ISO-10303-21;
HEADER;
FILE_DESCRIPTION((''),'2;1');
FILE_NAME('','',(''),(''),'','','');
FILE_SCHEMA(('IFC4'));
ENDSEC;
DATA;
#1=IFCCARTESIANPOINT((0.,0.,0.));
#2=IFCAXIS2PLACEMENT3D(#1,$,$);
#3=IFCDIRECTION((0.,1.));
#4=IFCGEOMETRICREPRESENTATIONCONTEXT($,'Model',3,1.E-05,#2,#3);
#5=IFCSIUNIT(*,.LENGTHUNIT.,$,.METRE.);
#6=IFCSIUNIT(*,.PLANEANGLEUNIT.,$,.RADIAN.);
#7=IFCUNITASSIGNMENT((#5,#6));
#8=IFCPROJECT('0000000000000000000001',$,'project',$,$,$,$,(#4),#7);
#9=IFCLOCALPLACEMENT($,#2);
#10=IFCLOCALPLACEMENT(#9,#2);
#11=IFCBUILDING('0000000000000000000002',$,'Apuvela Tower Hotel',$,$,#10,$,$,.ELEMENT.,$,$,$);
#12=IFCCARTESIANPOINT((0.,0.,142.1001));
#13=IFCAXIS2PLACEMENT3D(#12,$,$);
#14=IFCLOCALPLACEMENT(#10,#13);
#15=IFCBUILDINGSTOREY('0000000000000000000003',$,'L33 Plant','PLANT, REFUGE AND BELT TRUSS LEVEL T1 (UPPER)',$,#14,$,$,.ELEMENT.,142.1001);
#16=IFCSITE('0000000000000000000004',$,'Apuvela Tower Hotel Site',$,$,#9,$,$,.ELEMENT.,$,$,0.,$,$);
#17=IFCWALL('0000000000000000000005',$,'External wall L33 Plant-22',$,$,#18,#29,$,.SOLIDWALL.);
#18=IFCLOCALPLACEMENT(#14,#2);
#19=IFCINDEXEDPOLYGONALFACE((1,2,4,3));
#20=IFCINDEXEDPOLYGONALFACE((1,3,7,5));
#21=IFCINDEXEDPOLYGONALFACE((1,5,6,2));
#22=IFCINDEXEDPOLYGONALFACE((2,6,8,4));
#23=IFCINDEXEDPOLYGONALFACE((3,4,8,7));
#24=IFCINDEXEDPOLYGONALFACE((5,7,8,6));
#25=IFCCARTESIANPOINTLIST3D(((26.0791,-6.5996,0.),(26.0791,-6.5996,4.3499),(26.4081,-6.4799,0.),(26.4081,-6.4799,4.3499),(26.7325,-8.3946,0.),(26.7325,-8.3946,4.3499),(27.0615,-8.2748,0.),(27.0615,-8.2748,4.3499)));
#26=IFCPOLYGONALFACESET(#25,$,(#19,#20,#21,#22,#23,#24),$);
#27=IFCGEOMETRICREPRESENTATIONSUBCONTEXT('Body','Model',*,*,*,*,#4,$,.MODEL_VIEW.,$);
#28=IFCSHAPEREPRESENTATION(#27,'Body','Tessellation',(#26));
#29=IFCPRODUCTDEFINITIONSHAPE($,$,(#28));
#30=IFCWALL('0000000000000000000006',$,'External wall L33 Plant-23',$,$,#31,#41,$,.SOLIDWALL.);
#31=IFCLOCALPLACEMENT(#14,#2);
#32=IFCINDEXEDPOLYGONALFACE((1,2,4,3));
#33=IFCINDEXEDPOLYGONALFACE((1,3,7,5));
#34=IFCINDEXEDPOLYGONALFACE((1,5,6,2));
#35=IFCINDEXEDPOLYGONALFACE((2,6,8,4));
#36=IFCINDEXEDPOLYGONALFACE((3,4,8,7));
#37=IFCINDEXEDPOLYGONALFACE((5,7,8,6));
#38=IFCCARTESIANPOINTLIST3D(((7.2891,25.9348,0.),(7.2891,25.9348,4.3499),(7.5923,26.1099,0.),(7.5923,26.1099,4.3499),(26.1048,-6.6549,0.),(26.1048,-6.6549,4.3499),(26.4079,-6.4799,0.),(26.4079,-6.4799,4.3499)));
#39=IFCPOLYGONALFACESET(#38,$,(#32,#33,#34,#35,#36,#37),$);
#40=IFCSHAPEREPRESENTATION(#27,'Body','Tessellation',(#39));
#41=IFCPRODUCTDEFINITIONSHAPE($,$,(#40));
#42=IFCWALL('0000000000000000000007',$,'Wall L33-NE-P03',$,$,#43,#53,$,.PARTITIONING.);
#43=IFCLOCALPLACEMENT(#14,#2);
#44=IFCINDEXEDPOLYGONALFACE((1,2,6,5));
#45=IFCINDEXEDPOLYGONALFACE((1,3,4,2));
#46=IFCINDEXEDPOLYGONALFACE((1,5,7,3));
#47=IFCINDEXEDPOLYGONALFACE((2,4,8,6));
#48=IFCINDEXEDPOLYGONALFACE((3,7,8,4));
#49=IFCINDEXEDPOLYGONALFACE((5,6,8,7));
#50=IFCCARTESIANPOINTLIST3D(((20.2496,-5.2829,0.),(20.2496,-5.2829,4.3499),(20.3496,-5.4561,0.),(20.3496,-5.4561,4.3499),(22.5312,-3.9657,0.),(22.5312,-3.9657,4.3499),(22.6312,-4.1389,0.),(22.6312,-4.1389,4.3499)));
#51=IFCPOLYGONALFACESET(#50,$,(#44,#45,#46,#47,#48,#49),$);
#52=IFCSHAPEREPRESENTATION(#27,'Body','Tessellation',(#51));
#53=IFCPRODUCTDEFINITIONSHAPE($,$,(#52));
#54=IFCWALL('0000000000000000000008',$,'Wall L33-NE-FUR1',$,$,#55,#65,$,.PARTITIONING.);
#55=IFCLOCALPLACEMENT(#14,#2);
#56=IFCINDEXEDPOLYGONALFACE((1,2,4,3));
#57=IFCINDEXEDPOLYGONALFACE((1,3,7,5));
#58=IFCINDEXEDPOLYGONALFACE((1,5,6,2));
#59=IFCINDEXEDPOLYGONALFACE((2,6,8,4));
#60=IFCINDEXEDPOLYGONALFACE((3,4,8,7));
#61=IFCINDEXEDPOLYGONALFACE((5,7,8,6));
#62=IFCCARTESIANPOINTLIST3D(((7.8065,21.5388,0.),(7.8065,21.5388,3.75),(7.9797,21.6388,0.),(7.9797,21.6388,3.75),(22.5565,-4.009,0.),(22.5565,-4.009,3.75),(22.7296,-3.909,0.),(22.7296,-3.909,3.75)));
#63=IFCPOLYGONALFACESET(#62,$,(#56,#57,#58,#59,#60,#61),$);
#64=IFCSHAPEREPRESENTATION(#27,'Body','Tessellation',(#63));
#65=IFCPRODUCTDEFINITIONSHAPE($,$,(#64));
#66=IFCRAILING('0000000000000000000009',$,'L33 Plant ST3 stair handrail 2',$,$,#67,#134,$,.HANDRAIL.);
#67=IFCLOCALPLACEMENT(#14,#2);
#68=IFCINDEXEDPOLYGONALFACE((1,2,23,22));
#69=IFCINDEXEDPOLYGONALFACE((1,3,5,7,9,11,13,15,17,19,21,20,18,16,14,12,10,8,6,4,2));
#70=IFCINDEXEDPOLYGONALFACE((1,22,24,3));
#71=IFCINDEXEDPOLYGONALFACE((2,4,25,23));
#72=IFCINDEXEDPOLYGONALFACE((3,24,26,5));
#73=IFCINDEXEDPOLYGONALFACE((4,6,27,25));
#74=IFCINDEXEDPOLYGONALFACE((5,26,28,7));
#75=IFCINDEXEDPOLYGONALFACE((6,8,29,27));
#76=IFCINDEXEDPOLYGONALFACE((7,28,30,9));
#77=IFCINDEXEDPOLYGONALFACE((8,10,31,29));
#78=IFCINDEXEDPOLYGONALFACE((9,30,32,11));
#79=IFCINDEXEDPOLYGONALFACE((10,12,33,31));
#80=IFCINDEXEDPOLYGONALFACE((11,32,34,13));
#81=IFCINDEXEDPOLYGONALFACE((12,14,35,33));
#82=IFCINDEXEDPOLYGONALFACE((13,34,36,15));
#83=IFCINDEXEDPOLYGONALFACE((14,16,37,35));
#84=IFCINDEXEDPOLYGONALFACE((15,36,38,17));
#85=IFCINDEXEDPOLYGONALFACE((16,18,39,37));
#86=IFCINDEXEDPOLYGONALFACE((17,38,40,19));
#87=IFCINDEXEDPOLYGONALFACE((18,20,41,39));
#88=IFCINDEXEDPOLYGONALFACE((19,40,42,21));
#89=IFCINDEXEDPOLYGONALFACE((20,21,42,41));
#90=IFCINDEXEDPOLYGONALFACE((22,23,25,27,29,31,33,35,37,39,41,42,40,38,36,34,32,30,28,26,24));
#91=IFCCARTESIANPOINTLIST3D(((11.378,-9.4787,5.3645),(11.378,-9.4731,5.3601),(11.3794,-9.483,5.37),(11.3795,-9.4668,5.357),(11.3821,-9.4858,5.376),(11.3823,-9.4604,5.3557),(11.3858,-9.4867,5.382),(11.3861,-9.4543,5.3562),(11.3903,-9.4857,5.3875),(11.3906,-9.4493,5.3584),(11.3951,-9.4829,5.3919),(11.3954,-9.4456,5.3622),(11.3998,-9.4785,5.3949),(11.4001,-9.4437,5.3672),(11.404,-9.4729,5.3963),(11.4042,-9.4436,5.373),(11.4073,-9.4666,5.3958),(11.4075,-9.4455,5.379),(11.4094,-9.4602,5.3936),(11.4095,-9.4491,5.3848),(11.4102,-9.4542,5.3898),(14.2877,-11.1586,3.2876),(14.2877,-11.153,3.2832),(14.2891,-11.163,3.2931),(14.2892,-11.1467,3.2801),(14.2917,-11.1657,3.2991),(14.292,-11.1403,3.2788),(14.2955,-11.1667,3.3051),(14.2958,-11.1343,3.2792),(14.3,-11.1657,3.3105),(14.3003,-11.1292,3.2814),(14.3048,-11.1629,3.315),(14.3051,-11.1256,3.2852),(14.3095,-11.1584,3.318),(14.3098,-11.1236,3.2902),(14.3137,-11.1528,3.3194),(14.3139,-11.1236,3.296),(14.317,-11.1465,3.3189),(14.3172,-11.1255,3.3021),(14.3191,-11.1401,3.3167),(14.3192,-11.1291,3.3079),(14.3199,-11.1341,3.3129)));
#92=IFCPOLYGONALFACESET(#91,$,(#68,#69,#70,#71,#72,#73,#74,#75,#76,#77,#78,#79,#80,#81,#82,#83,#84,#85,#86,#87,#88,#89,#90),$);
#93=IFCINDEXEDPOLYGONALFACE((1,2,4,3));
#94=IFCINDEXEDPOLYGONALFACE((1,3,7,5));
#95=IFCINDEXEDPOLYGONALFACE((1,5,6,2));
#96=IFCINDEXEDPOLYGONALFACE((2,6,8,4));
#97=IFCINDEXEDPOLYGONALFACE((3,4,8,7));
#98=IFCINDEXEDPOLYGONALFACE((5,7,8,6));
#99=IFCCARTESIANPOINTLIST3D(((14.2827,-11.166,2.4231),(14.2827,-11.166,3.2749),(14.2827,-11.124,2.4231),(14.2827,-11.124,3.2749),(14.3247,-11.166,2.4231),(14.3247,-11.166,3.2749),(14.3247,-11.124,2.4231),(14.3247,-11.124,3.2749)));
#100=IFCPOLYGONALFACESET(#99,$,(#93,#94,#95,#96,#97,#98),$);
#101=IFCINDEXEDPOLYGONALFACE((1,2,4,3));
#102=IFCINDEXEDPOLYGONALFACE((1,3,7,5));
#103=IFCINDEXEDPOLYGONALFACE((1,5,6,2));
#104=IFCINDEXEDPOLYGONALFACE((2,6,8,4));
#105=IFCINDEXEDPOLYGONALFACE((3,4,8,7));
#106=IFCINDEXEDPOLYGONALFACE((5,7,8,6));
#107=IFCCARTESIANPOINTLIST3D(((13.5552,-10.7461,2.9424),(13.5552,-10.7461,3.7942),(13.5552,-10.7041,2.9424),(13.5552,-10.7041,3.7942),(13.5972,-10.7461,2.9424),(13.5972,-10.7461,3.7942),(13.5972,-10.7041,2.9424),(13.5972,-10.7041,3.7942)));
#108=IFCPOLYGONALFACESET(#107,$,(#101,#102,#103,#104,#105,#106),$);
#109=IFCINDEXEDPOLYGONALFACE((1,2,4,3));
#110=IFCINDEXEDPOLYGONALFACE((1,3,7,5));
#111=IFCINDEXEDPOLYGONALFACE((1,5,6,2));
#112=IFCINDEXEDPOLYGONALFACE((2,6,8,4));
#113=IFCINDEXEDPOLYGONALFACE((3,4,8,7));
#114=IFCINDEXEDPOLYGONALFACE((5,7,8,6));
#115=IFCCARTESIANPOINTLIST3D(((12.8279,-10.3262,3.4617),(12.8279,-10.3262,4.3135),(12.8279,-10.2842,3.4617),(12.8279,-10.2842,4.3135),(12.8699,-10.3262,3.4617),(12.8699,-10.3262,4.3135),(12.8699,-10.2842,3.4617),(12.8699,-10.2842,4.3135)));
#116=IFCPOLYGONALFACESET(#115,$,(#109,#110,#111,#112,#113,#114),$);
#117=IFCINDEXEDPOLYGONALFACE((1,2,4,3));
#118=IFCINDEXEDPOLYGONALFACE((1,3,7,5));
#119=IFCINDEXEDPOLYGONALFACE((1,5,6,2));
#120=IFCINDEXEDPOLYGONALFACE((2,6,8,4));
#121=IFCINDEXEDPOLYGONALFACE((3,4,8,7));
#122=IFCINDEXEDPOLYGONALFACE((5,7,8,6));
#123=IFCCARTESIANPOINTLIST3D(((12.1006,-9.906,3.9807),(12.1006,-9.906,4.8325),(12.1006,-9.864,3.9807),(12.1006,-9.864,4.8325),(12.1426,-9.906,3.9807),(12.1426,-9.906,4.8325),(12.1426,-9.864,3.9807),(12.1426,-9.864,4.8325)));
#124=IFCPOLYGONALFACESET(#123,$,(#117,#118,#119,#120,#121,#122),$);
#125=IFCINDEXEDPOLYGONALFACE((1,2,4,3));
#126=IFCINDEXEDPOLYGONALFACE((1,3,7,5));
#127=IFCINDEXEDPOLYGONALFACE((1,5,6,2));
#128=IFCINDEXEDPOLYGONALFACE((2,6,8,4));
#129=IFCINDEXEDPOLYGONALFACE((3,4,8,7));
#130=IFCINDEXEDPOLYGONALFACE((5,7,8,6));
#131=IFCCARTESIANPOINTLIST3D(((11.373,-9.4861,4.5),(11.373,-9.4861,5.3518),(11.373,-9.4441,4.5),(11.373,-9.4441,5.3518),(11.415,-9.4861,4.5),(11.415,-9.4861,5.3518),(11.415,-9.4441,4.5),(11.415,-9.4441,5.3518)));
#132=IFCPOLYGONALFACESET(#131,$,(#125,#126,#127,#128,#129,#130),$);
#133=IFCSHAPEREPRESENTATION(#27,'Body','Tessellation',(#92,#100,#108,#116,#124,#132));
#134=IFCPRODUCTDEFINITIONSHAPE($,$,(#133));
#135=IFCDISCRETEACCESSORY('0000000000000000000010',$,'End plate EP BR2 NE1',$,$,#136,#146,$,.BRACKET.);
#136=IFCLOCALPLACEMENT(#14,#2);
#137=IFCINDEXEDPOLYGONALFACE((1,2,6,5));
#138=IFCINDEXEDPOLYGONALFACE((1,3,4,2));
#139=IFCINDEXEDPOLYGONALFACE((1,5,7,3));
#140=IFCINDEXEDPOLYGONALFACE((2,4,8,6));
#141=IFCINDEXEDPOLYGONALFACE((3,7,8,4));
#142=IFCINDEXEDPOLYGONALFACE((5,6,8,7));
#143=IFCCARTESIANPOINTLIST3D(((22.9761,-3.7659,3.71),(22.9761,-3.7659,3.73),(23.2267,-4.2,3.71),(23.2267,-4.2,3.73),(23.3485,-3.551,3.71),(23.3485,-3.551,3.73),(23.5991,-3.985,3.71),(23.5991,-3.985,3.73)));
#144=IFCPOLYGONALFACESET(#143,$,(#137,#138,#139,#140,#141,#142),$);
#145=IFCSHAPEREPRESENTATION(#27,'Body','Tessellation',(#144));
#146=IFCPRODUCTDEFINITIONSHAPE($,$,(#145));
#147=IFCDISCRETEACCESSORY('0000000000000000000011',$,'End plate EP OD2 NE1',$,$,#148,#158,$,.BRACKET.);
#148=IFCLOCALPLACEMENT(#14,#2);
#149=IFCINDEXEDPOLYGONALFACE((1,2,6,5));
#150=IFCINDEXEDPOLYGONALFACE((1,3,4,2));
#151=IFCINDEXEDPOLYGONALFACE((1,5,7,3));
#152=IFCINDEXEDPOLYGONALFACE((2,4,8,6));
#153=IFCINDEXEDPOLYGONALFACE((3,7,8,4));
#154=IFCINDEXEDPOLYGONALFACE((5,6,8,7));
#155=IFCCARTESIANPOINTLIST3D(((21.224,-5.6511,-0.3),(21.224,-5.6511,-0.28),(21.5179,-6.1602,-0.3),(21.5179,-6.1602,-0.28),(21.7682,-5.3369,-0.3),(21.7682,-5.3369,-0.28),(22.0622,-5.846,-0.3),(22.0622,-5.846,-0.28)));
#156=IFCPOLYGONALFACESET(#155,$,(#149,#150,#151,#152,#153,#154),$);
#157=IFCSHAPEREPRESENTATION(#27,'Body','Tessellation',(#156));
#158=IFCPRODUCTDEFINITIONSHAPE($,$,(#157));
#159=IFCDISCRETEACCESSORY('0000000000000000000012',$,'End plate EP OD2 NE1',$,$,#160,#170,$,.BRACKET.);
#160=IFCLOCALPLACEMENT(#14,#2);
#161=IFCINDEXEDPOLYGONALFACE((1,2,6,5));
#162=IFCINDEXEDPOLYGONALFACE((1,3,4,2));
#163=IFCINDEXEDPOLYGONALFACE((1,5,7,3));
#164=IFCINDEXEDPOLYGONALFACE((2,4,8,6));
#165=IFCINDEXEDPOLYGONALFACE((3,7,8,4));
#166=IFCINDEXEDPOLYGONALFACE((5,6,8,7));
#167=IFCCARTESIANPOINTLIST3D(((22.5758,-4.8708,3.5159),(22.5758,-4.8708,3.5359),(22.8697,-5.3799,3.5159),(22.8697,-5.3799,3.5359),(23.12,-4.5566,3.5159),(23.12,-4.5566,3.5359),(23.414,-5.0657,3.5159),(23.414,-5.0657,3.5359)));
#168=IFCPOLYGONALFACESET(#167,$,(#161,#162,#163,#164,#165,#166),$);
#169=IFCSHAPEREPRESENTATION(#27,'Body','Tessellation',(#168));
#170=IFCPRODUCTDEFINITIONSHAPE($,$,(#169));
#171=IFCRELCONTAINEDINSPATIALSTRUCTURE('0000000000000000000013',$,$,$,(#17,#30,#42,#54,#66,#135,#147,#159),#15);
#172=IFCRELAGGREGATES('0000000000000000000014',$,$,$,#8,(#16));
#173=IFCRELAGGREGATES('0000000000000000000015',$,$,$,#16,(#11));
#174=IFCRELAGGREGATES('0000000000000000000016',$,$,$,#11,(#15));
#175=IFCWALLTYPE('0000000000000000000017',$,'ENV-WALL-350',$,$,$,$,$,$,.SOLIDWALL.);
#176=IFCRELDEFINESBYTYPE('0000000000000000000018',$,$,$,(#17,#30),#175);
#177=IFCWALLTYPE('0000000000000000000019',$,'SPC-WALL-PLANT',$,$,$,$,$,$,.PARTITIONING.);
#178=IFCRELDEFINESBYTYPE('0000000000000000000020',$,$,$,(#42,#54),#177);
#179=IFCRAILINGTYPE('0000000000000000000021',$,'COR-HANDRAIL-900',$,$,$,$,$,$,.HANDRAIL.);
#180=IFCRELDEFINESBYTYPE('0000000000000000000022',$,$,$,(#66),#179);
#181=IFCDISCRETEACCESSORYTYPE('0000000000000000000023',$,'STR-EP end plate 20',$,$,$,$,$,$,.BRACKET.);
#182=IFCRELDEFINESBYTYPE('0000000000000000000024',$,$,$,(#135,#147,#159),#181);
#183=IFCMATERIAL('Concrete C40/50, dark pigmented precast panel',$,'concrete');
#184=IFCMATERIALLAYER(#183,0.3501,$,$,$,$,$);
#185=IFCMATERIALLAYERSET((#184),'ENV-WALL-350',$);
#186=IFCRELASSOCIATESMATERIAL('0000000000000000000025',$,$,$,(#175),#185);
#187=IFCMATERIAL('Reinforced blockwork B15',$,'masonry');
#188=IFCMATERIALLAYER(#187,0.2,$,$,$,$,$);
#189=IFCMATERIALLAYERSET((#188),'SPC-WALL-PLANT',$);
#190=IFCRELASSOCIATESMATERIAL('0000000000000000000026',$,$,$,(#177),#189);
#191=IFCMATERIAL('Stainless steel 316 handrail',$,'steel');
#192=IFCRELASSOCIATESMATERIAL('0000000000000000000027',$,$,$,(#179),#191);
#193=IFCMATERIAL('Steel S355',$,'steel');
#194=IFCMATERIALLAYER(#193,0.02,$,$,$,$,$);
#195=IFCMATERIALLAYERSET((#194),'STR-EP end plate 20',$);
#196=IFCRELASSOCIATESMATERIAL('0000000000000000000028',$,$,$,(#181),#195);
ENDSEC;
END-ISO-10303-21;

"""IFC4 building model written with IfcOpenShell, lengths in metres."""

from ifc_helpers import new_model, si_unit, direction, frame, frame_2d, origin, origin_2d, place, context, subcontext, project, spatial, rectangle, circle, extrude, material, layer, layer_set, type_object, element, save


model = new_model("IFC4")

# Units and contexts
model_context = context("Model", 3, precision=1e-05, world=origin(), true_north=direction((0.0, 1.0)))
body_context = subcontext(model_context, "Body", "Model", "MODEL_VIEW")
ifc_project = project(units=[si_unit("LENGTHUNIT", "METRE"), si_unit("PLANEANGLEUNIT", "RADIAN")], contexts=[model_context])

# Site, building, storey
site_placement = place(None, origin())
site = spatial("IfcSite", under=ifc_project, at=site_placement, Name="Apuvela Tower Hotel Site", CompositionType="ELEMENT", RefElevation=0.0)
building_placement = place(site_placement, origin())
building = spatial("IfcBuilding", under=site, at=building_placement, Name="Apuvela Tower Hotel", CompositionType="ELEMENT")
storey_placement = place(building_placement, frame((0.0, 0.0, 142.1001)))
storey = spatial("IfcBuildingStorey", under=building, at=storey_placement, Name="L33 Plant", Description="PLANT, REFUGE AND BELT TRUSS LEVEL T1 (UPPER)", CompositionType="ELEMENT", Elevation=142.1001)

# Shared definitions
ifc_material_1 = material(Name="Steel S355", Category="steel")

# Walls
ifc_material_2 = material(Name="Concrete C40/50, dark pigmented precast panel", Category="concrete")
ifc_layer_1 = layer(ifc_material_2, 0.3501)
ifc_layer_set_1 = layer_set([ifc_layer_1], Name="ENV-WALL-350")
wall_type_1 = type_object("IfcWallType", Name="ENV-WALL-350", PredefinedType="SOLIDWALL", material=ifc_layer_set_1)
for number, where, z_axis, x_axis, name in (
    (1, (26.897, -8.3347, 0.0), (0.0, 0.0, 1.0), (-0.34203, 0.939689, 0.0), "External wall L33 Plant-22"),
):
    element("IfcWall", number, at=place(storey_placement, frame(where, z_axis=z_axis, x_axis=x_axis)), inside=storey, type_object=wall_type_1, Name=name, PredefinedType="SOLIDWALL", context=body_context, shape_type="SweptSolid", body=[
        extrude(rectangle(XDim=1.9102, YDim=0.3501, at=frame_2d((0.9551, 0.0))), origin(), (0.0, 0.0, 1.0), 4.3499),
    ])
wall_1_placement = place(storey_placement, frame((26.2563, -6.5674, 0.0), z_axis=(0.0, 0.0, 1.0), x_axis=(-0.499998, 0.866026, 0.0)))
element("IfcWall", 2, at=wall_1_placement, inside=storey, type_object=wall_type_1, Name="External wall L33 Plant-23", PredefinedType="SOLIDWALL", context=body_context, shape_type="SweptSolid", body=[
    extrude(rectangle(XDim=37.6313, YDim=0.3501, at=frame_2d((18.8157, 0.0))), origin(), (0.0, 0.0, 1.0), 4.3499),
])
ifc_material_3 = material(Name="Reinforced blockwork B15", Category="masonry")
ifc_layer_2 = layer(ifc_material_3, 0.2)
ifc_layer_set_2 = layer_set([ifc_layer_2], Name="SPC-WALL-PLANT")
wall_type_2 = type_object("IfcWallType", Name="SPC-WALL-PLANT", PredefinedType="PARTITIONING", material=ifc_layer_set_2)
wall_2_placement = place(storey_placement, frame((22.5813, -4.0522, 0.0), z_axis=(0.0, 0.0, 1.0), x_axis=(-0.866039, -0.499976, 0.0)))
element("IfcWall", 3, at=wall_2_placement, inside=storey, type_object=wall_type_2, Name="Wall L33-NE-P03", PredefinedType="PARTITIONING", context=body_context, shape_type="SweptSolid", body=[
    extrude(rectangle(XDim=2.6345, YDim=0.2, at=frame_2d((1.3174, 0.0))), origin(), (0.0, 0.0, 1.0), 4.3499),
])
wall_3_placement = place(storey_placement, frame((22.6431, -3.959, 0.0), z_axis=(0.0, 0.0, 1.0), x_axis=(-0.499999, 0.866026, 0.0)))
element("IfcWall", 4, at=wall_3_placement, inside=storey, type_object=wall_type_2, Name="Wall L33-NE-FUR1", PredefinedType="PARTITIONING", context=body_context, shape_type="SweptSolid", body=[
    extrude(rectangle(XDim=29.5, YDim=0.2, at=frame_2d((14.75, 0.0))), origin(), (0.0, 0.0, 1.0), 3.75),
])

# Railing
ifc_material_4 = material(Name="Stainless steel 316 handrail", Category="steel")
railing_type = type_object("IfcRailingType", Name="COR-HANDRAIL-900", PredefinedType="HANDRAIL", material=ifc_material_4)
railing_placement = place(storey_placement, frame((14.3037, -11.145, 2.4231)))
element("IfcRailing", 5, at=railing_placement, inside=storey, type_object=railing_type, Name="L33 Plant ST3 stair handrail 2", PredefinedType="HANDRAIL", context=body_context, shape_type="SweptSolid", body=[
    extrude(circle(Radius=0.0239, at=origin_2d()), frame((0.0, 0.0, 0.876), z_axis=(-0.73664, 0.425308, 0.525809), x_axis=(-0.500008, -0.866021, 0.0)), (0.0, 0.0, 1.0), 3.95),
    extrude(rectangle(XDim=0.042, YDim=0.042, at=origin_2d()), origin(), (0.0, 0.0, 1.0), 0.8518),
    extrude(rectangle(XDim=0.042, YDim=0.042, at=origin_2d()), frame((-0.7275, 0.4199, 0.5193)), (0.0, 0.0, 1.0), 0.8518),
    extrude(rectangle(XDim=0.042, YDim=0.042, at=origin_2d()), frame((-1.4548, 0.8398, 1.0386)), (0.0, 0.0, 1.0), 0.8518),
    extrude(rectangle(XDim=0.042, YDim=0.042, at=origin_2d()), frame((-2.1821, 1.26, 1.5576)), (0.0, 0.0, 1.0), 0.8518),
    extrude(rectangle(XDim=0.042, YDim=0.042, at=origin_2d()), frame((-2.9097, 1.6799, 2.0769)), (0.0, 0.0, 1.0), 0.8518),
])

# Discrete accessories
ifc_layer_3 = layer(ifc_material_1, 0.02)
ifc_layer_set_3 = layer_set([ifc_layer_3], Name="STR-EP end plate 20")
discrete_accessory_type = type_object("IfcDiscreteAccessoryType", Name="STR-EP end plate 20", PredefinedType="BRACKET", material=ifc_layer_set_3)
discrete_accessory_placement = place(storey_placement, frame((23.2876, -3.8755, 3.71), z_axis=(0.0, 0.0, 1.0), x_axis=(0.5, -0.866025, 0.0)))
element("IfcDiscreteAccessory", 6, at=discrete_accessory_placement, inside=storey, type_object=discrete_accessory_type, Name="End plate EP BR2 NE1", PredefinedType="BRACKET", context=body_context, shape_type="SweptSolid", body=[
    extrude(rectangle(XDim=0.5012, YDim=0.4299, at=origin_2d()), origin(), (0.0, 0.0, 1.0), 0.02),
])
for number, where, z_axis, x_axis, name in (
    (7, (21.6431, -5.7485, -0.3), (0.0, 0.0, 1.0), (0.866025, 0.5, 0.0), "End plate EP OD2 NE1"),
    (8, (22.9949, -4.9683, 3.5159), (0.0, 0.0, 1.0), (0.866025, 0.5, 0.0), "End plate EP OD2 NE1"),
):
    element("IfcDiscreteAccessory", number, at=place(storey_placement, frame(where, z_axis=z_axis, x_axis=x_axis)), inside=storey, type_object=discrete_accessory_type, Name=name, PredefinedType="BRACKET", context=body_context, shape_type="SweptSolid", body=[
        extrude(rectangle(XDim=0.6284, YDim=0.5879, at=origin_2d()), origin(), (0.0, 0.0, 1.0), 0.02),
    ])

save(model, "model.ifc")
